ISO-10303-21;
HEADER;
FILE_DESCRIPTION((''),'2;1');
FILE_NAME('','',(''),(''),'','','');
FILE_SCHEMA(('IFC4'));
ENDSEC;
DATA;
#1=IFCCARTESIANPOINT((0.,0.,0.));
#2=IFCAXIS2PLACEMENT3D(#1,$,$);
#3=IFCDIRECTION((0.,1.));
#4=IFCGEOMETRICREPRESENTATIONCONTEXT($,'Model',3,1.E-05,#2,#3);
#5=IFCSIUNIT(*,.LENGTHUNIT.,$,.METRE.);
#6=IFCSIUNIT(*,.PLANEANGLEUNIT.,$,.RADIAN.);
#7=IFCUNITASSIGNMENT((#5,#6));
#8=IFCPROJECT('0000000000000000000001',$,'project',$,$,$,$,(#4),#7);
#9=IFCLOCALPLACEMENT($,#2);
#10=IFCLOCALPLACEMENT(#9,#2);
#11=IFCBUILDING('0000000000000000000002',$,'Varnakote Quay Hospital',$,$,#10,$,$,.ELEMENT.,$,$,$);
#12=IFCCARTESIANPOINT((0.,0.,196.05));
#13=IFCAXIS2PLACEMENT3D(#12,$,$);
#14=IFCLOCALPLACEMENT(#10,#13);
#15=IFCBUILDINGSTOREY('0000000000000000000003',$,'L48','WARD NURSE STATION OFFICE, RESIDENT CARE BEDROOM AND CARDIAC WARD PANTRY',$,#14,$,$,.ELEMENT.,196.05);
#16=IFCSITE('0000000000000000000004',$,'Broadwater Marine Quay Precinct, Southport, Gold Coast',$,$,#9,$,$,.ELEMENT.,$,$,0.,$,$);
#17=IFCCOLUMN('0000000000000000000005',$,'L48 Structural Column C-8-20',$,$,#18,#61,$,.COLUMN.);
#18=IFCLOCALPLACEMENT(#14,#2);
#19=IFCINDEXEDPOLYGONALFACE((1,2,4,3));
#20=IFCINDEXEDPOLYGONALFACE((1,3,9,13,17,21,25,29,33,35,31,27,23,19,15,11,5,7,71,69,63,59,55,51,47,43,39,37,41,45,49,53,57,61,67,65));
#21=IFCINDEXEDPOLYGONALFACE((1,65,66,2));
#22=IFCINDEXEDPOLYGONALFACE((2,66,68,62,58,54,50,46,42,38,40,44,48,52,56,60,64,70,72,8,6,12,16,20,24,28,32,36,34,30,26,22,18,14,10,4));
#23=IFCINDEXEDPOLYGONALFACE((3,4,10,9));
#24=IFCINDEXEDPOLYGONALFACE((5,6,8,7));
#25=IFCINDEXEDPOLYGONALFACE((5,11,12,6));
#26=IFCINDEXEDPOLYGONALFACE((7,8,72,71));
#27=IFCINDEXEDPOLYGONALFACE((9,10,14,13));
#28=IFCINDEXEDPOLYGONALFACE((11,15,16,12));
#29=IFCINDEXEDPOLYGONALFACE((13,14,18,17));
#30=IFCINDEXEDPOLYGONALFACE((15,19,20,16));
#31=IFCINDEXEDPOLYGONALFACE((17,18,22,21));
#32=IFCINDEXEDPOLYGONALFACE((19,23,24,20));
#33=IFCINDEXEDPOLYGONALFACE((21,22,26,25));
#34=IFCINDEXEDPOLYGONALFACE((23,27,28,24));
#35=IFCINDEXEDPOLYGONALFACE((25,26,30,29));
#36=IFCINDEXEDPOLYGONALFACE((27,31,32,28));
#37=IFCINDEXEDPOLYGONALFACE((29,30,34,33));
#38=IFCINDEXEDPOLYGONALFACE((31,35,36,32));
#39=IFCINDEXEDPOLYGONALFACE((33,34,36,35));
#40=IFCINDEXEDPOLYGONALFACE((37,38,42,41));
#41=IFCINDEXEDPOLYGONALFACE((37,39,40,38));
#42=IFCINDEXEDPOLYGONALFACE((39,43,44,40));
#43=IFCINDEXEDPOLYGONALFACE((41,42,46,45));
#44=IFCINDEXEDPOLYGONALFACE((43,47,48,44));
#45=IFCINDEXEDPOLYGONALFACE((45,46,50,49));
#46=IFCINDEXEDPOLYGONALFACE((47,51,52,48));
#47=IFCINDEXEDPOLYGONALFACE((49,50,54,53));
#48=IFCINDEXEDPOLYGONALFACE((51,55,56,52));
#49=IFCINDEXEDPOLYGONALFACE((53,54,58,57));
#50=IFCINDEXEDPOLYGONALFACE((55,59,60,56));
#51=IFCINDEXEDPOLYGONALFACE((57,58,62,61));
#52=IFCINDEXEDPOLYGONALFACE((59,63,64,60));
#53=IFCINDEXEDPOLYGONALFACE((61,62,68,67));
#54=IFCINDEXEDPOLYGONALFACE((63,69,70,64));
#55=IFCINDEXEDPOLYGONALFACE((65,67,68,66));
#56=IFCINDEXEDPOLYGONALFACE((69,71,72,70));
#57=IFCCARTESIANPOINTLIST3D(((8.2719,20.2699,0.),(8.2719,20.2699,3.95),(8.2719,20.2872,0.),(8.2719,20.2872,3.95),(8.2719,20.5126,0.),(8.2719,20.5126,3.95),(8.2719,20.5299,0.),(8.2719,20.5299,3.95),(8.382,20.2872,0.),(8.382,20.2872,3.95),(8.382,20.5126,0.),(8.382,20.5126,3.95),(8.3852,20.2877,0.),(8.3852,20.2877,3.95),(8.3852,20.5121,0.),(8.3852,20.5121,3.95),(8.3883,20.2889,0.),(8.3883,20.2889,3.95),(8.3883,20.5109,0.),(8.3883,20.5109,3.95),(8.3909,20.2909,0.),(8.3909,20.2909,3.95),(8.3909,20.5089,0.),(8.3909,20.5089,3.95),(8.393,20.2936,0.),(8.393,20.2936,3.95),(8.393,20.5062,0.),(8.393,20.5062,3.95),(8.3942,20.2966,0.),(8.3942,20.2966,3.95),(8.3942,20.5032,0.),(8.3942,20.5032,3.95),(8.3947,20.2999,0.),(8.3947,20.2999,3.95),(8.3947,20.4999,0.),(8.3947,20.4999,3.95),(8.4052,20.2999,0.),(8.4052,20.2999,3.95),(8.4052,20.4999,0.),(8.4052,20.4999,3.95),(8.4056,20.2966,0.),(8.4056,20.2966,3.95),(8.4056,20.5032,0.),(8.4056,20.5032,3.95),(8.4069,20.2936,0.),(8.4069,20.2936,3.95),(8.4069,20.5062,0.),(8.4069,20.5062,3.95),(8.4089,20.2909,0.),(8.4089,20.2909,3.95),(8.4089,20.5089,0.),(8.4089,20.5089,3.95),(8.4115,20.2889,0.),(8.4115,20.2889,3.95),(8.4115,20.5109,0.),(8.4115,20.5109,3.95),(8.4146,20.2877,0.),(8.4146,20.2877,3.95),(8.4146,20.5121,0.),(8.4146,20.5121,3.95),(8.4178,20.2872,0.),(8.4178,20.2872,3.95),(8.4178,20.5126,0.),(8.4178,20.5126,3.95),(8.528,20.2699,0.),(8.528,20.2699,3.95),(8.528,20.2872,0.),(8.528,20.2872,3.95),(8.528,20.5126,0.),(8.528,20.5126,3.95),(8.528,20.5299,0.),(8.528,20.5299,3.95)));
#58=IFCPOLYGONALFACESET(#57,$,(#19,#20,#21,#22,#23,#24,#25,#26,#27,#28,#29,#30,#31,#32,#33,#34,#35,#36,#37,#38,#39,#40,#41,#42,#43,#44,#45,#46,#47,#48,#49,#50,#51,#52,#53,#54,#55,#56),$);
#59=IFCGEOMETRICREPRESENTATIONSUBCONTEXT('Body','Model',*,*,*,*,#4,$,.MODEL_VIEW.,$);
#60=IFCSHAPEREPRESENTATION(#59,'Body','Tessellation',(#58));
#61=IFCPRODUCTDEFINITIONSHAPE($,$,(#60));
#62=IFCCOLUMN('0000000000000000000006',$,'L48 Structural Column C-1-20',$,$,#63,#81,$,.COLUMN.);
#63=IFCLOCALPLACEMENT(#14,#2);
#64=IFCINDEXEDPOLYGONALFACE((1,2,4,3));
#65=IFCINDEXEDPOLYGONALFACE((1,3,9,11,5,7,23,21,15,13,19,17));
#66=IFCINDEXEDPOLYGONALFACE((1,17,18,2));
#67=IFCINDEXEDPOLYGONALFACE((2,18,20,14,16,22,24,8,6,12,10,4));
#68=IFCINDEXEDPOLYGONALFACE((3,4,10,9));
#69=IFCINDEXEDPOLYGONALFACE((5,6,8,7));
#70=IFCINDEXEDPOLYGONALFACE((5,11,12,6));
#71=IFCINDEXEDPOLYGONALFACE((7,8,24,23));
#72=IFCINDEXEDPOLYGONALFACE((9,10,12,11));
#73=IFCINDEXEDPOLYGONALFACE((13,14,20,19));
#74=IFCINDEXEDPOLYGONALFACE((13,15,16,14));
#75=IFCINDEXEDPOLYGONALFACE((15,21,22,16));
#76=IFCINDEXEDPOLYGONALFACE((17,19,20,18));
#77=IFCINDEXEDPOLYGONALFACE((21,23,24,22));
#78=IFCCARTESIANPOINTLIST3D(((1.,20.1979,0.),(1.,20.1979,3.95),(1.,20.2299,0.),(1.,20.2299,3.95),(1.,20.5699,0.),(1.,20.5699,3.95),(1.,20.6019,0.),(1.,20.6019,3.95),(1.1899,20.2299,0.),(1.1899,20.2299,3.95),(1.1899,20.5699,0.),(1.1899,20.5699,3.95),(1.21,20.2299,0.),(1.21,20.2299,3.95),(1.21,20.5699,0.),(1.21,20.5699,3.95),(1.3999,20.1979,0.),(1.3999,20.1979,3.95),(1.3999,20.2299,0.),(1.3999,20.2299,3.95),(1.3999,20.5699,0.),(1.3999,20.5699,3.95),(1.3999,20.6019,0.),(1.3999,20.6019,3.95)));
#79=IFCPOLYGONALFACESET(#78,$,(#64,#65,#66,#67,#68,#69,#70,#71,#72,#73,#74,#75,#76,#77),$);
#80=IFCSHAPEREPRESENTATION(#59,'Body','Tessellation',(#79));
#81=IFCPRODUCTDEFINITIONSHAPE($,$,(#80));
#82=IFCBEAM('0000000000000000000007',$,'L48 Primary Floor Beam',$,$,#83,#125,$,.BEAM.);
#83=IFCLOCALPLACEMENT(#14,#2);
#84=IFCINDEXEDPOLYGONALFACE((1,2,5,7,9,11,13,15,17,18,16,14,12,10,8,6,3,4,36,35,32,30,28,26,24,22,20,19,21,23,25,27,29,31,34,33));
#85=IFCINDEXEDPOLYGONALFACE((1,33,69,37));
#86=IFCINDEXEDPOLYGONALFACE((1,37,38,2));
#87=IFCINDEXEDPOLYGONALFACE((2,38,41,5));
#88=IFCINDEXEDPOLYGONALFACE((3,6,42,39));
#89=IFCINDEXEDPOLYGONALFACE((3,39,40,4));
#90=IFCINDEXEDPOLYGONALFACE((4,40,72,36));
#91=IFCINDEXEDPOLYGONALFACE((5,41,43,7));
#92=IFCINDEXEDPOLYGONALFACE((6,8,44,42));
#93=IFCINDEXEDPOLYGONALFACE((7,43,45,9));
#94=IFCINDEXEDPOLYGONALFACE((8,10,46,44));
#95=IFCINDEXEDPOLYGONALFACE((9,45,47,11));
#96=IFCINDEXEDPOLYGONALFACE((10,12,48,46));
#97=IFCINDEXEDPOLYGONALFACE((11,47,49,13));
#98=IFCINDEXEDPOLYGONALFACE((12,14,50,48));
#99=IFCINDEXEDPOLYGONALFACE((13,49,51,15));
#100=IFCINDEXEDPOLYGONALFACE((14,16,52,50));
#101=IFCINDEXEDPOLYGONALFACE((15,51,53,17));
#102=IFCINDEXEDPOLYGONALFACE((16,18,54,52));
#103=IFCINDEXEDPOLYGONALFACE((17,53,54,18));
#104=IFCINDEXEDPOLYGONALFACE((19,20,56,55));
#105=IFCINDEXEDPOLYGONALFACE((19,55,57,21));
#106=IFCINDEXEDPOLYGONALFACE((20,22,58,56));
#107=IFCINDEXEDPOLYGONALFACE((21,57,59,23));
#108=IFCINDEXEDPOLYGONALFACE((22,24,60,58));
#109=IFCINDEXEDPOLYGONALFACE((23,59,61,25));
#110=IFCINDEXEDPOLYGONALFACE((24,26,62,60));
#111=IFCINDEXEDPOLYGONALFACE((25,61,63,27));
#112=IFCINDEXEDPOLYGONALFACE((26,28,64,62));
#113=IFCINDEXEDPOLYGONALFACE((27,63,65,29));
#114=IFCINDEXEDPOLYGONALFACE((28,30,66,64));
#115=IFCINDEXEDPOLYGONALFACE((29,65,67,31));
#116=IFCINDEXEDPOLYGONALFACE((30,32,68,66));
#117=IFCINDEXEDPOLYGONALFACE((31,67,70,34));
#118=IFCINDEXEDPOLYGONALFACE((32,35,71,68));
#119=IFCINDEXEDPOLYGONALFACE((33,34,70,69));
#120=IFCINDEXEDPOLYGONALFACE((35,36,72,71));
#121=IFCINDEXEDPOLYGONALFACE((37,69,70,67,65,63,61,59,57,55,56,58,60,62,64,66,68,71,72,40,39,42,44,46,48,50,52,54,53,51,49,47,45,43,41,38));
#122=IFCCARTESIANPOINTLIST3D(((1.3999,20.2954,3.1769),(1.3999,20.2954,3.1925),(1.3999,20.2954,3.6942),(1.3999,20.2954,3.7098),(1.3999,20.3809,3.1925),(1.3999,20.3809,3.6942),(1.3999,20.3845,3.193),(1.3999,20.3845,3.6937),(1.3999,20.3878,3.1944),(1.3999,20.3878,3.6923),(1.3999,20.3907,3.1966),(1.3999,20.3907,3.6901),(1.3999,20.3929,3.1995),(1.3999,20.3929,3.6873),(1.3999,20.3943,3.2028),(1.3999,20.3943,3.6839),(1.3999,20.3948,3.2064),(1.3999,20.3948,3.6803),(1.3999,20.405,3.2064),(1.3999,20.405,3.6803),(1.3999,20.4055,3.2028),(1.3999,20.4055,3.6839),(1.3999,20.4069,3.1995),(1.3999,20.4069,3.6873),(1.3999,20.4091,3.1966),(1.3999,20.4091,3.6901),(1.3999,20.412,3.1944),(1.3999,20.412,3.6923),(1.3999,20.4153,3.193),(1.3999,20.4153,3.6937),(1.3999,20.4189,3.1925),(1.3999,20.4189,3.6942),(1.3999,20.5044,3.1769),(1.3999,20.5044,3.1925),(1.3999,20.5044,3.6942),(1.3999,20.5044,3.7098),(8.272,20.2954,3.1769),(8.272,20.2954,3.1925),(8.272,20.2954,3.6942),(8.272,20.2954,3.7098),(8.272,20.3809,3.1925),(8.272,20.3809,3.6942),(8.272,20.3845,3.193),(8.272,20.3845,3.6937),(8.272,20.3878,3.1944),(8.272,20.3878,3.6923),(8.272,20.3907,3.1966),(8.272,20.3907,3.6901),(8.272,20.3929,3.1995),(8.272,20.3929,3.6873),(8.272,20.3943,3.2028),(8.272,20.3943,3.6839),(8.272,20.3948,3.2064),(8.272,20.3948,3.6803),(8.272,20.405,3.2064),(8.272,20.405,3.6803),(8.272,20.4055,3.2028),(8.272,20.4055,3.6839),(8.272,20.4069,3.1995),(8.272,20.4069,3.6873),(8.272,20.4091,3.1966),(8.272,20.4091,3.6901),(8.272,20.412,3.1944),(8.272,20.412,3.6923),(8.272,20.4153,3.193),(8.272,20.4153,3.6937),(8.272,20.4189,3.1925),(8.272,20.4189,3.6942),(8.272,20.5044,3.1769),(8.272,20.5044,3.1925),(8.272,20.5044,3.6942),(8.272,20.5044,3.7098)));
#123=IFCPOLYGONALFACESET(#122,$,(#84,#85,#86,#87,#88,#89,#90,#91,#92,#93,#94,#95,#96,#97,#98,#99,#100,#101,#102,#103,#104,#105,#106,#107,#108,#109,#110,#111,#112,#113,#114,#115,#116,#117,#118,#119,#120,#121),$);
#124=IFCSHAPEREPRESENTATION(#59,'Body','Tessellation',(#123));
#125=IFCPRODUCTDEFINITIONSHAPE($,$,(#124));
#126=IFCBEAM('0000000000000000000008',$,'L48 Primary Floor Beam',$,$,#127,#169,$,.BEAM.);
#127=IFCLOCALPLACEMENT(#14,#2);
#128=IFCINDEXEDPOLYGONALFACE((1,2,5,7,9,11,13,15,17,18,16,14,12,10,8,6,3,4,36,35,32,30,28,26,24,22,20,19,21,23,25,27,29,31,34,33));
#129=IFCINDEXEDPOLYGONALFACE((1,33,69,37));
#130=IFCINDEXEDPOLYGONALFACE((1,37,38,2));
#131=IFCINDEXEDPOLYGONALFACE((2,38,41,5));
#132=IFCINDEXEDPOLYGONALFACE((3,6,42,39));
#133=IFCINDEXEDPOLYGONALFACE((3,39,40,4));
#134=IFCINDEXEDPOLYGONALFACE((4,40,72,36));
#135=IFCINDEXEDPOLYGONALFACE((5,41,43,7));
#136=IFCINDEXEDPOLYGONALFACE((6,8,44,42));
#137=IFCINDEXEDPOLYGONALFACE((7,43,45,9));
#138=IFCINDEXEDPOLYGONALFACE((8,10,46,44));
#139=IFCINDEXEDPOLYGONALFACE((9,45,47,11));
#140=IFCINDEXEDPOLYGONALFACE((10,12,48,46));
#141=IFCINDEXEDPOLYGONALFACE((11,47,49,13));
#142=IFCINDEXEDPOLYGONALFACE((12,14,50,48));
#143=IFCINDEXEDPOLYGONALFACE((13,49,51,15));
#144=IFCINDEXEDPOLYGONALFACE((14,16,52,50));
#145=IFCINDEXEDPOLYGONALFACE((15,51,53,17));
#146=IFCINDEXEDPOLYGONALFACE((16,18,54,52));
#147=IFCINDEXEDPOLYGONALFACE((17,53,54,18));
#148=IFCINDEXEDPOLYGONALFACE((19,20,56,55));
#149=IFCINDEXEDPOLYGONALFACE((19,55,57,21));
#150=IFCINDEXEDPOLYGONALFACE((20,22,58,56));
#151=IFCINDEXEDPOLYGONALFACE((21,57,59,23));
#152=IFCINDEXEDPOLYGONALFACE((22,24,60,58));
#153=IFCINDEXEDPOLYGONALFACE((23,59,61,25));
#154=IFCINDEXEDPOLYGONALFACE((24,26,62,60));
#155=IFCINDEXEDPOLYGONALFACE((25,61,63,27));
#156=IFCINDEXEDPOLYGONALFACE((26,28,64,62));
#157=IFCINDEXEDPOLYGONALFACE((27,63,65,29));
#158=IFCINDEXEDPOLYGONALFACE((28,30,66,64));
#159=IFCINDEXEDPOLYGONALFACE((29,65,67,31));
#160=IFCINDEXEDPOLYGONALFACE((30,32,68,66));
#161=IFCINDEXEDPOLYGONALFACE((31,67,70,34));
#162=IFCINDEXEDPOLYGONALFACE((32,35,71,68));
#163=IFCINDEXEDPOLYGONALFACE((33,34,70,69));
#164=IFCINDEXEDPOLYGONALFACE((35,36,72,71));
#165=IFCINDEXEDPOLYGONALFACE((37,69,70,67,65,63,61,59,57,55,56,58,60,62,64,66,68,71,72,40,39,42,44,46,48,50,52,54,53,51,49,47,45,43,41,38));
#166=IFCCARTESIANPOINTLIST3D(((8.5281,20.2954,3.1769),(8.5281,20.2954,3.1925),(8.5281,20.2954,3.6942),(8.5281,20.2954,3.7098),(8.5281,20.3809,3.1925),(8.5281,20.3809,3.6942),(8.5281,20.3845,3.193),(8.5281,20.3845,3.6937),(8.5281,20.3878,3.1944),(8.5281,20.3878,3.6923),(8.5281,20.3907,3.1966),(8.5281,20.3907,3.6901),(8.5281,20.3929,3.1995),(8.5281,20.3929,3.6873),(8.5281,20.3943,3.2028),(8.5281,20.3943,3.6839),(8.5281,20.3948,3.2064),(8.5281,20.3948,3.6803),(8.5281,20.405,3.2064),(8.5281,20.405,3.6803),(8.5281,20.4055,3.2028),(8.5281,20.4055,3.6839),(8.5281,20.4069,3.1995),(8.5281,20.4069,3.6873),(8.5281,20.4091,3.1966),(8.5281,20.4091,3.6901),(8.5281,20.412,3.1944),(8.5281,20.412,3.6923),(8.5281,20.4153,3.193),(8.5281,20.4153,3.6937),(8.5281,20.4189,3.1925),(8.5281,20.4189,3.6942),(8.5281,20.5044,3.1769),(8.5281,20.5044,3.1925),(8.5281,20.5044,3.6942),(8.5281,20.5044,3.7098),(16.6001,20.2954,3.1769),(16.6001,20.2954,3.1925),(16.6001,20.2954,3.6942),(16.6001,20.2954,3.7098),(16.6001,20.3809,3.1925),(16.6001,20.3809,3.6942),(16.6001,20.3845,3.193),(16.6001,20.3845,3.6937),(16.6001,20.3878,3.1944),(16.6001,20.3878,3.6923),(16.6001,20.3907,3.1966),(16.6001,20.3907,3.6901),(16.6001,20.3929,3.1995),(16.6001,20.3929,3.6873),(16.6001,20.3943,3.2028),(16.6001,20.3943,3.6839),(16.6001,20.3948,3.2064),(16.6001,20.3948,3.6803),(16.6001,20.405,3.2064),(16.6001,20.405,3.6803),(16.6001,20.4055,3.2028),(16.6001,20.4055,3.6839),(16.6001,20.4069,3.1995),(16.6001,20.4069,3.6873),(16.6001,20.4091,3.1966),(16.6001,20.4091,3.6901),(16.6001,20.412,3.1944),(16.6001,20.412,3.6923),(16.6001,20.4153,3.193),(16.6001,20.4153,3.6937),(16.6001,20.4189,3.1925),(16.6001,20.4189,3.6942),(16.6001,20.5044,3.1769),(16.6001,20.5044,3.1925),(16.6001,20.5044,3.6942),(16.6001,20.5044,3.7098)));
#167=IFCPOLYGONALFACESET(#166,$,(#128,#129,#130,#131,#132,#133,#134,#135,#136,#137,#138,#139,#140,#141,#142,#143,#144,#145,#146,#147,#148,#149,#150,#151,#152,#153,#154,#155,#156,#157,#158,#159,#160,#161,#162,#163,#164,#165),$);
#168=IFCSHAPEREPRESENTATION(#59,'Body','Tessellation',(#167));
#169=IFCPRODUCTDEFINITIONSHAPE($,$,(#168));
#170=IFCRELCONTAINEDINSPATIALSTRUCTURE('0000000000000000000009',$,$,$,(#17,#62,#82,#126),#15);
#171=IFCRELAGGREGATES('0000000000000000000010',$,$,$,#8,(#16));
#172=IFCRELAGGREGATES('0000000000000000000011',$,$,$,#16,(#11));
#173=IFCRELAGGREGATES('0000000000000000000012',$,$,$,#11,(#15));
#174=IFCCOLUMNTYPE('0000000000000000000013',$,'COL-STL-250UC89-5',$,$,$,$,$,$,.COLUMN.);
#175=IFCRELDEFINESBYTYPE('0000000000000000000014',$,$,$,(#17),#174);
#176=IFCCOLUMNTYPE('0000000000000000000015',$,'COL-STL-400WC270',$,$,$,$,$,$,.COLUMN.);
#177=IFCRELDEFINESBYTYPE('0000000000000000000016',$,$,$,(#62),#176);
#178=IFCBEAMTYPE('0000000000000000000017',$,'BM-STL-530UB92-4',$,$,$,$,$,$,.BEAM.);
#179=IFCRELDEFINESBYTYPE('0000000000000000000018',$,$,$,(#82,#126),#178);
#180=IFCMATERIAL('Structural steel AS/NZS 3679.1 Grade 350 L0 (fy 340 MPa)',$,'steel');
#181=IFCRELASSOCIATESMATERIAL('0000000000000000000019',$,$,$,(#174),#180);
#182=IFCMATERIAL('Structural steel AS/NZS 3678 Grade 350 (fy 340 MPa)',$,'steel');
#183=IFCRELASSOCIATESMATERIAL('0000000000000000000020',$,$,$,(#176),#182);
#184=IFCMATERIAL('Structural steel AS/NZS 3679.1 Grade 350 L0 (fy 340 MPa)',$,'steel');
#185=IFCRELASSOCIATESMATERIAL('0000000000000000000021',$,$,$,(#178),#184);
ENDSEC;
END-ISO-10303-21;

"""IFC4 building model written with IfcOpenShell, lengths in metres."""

from ifc_helpers import new_model, si_unit, direction, frame, origin, origin_2d, place, context, subcontext, project, spatial, i_section, extrude, material, material_profile, profile_set, type_object, element, save


model = new_model("IFC4")

# Units and contexts
model_context = context("Model", 3, precision=1e-05, world=origin(), true_north=direction((0.0, 1.0)))
body_context = subcontext(model_context, "Body", "Model", "MODEL_VIEW")
ifc_project = project(units=[si_unit("LENGTHUNIT", "METRE"), si_unit("PLANEANGLEUNIT", "RADIAN")], contexts=[model_context])

# Site, building, storey
site_placement = place(None, origin())
site = spatial("IfcSite", under=ifc_project, at=site_placement, Name="Broadwater Marine Quay Precinct, Southport, Gold Coast", CompositionType="ELEMENT", RefElevation=0.0)
building_placement = place(site_placement, origin())
building = spatial("IfcBuilding", under=site, at=building_placement, Name="Varnakote Quay Hospital", CompositionType="ELEMENT")
storey_placement = place(building_placement, frame((0.0, 0.0, 196.05)))
storey = spatial("IfcBuildingStorey", under=building, at=storey_placement, Name="L48", Description="WARD NURSE STATION OFFICE, RESIDENT CARE BEDROOM AND CARDIAC WARD PANTRY", CompositionType="ELEMENT", Elevation=196.05)

# Columns
ifc_material_1 = material(Name="Structural steel AS/NZS 3679.1 Grade 350 L0 (fy 340 MPa)", Category="steel")
ifc_material_profile_1 = material_profile(ifc_material_1, i_section(OverallWidth=0.2561, OverallDepth=0.26, WebThickness=0.0105, FlangeThickness=0.0173, FilletRadius=0.0127, at=origin_2d()), Name="250UC89.5")
ifc_profile_set_1 = profile_set([ifc_material_profile_1], Name="Structural steel AS/NZS 3679.1 Grade 350 L0 (fy 340 MPa)")
column_type_1 = type_object("IfcColumnType", Name="COL-STL-250UC89-5", PredefinedType="COLUMN", material=ifc_profile_set_1)
column_1_placement = place(storey_placement, frame((8.3999, 20.3999, 0.0), z_axis=(0.0, 0.0, 1.0), x_axis=(1.0, 0.0, 0.0)))
element("IfcColumn", 1, at=column_1_placement, inside=storey, type_object=column_type_1, Name="L48 Structural Column C-8-20", PredefinedType="COLUMN", context=body_context, shape_type="SweptSolid", body=[
    extrude(i_section(OverallWidth=0.2561, OverallDepth=0.26, WebThickness=0.0105, FlangeThickness=0.0173, FilletRadius=0.0127, at=origin_2d()), origin(), (0.0, 0.0, 1.0), 3.95),
])
ifc_material_2 = material(Name="Structural steel AS/NZS 3678 Grade 350 (fy 340 MPa)", Category="steel")
ifc_material_profile_2 = material_profile(ifc_material_2, i_section(OverallWidth=0.3999, OverallDepth=0.4041, WebThickness=0.02, FlangeThickness=0.032, at=origin_2d()), Name="400WC270")
ifc_profile_set_2 = profile_set([ifc_material_profile_2], Name="Structural steel AS/NZS 3678 Grade 350 (fy 340 MPa)")
column_type_2 = type_object("IfcColumnType", Name="COL-STL-400WC270", PredefinedType="COLUMN", material=ifc_profile_set_2)
column_2_placement = place(storey_placement, frame((1.2, 20.3999, 0.0), z_axis=(0.0, 0.0, 1.0), x_axis=(1.0, 0.0, 0.0)))
element("IfcColumn", 2, at=column_2_placement, inside=storey, type_object=column_type_2, Name="L48 Structural Column C-1-20", PredefinedType="COLUMN", context=body_context, shape_type="SweptSolid", body=[
    extrude(i_section(OverallWidth=0.3999, OverallDepth=0.4041, WebThickness=0.02, FlangeThickness=0.032, at=origin_2d()), origin(), (0.0, 0.0, 1.0), 3.95),
])

# Beams
ifc_material_3 = material(Name="Structural steel AS/NZS 3679.1 Grade 350 L0 (fy 340 MPa)", Category="steel")
ifc_material_profile_3 = material_profile(ifc_material_3, i_section(OverallWidth=0.209, OverallDepth=0.533, WebThickness=0.0103, FlangeThickness=0.0156, FilletRadius=0.0139, at=origin_2d()), Name="530UB92.4")
ifc_profile_set_3 = profile_set([ifc_material_profile_3], Name="Structural steel AS/NZS 3679.1 Grade 350 L0 (fy 340 MPa)")
beam_type_1 = type_object("IfcBeamType", Name="BM-STL-530UB92-4", PredefinedType="BEAM", material=ifc_profile_set_3)
beam_1_placement = place(storey_placement, frame((1.3999, 20.3999, 3.4434), z_axis=(1.0, 0.0, 0.0), x_axis=(0.0, 1.0, 0.0)))
element("IfcBeam", 3, at=beam_1_placement, inside=storey, type_object=beam_type_1, Name="L48 Primary Floor Beam", PredefinedType="BEAM", context=body_context, shape_type="SweptSolid", body=[
    extrude(i_section(OverallWidth=0.209, OverallDepth=0.533, WebThickness=0.0103, FlangeThickness=0.0156, FilletRadius=0.0139, at=origin_2d()), origin(), (0.0, 0.0, 1.0), 6.8721),
])
beam_2_placement = place(storey_placement, frame((8.5281, 20.3999, 3.4434), z_axis=(1.0, 0.0, 0.0), x_axis=(0.0, 1.0, 0.0)))
element("IfcBeam", 4, at=beam_2_placement, inside=storey, type_object=beam_type_1, Name="L48 Primary Floor Beam", PredefinedType="BEAM", context=body_context, shape_type="SweptSolid", body=[
    extrude(i_section(OverallWidth=0.209, OverallDepth=0.533, WebThickness=0.0103, FlangeThickness=0.0156, FilletRadius=0.0139, at=origin_2d()), origin(), (0.0, 0.0, 1.0), 8.072),
])

save(model, "model.ifc")
